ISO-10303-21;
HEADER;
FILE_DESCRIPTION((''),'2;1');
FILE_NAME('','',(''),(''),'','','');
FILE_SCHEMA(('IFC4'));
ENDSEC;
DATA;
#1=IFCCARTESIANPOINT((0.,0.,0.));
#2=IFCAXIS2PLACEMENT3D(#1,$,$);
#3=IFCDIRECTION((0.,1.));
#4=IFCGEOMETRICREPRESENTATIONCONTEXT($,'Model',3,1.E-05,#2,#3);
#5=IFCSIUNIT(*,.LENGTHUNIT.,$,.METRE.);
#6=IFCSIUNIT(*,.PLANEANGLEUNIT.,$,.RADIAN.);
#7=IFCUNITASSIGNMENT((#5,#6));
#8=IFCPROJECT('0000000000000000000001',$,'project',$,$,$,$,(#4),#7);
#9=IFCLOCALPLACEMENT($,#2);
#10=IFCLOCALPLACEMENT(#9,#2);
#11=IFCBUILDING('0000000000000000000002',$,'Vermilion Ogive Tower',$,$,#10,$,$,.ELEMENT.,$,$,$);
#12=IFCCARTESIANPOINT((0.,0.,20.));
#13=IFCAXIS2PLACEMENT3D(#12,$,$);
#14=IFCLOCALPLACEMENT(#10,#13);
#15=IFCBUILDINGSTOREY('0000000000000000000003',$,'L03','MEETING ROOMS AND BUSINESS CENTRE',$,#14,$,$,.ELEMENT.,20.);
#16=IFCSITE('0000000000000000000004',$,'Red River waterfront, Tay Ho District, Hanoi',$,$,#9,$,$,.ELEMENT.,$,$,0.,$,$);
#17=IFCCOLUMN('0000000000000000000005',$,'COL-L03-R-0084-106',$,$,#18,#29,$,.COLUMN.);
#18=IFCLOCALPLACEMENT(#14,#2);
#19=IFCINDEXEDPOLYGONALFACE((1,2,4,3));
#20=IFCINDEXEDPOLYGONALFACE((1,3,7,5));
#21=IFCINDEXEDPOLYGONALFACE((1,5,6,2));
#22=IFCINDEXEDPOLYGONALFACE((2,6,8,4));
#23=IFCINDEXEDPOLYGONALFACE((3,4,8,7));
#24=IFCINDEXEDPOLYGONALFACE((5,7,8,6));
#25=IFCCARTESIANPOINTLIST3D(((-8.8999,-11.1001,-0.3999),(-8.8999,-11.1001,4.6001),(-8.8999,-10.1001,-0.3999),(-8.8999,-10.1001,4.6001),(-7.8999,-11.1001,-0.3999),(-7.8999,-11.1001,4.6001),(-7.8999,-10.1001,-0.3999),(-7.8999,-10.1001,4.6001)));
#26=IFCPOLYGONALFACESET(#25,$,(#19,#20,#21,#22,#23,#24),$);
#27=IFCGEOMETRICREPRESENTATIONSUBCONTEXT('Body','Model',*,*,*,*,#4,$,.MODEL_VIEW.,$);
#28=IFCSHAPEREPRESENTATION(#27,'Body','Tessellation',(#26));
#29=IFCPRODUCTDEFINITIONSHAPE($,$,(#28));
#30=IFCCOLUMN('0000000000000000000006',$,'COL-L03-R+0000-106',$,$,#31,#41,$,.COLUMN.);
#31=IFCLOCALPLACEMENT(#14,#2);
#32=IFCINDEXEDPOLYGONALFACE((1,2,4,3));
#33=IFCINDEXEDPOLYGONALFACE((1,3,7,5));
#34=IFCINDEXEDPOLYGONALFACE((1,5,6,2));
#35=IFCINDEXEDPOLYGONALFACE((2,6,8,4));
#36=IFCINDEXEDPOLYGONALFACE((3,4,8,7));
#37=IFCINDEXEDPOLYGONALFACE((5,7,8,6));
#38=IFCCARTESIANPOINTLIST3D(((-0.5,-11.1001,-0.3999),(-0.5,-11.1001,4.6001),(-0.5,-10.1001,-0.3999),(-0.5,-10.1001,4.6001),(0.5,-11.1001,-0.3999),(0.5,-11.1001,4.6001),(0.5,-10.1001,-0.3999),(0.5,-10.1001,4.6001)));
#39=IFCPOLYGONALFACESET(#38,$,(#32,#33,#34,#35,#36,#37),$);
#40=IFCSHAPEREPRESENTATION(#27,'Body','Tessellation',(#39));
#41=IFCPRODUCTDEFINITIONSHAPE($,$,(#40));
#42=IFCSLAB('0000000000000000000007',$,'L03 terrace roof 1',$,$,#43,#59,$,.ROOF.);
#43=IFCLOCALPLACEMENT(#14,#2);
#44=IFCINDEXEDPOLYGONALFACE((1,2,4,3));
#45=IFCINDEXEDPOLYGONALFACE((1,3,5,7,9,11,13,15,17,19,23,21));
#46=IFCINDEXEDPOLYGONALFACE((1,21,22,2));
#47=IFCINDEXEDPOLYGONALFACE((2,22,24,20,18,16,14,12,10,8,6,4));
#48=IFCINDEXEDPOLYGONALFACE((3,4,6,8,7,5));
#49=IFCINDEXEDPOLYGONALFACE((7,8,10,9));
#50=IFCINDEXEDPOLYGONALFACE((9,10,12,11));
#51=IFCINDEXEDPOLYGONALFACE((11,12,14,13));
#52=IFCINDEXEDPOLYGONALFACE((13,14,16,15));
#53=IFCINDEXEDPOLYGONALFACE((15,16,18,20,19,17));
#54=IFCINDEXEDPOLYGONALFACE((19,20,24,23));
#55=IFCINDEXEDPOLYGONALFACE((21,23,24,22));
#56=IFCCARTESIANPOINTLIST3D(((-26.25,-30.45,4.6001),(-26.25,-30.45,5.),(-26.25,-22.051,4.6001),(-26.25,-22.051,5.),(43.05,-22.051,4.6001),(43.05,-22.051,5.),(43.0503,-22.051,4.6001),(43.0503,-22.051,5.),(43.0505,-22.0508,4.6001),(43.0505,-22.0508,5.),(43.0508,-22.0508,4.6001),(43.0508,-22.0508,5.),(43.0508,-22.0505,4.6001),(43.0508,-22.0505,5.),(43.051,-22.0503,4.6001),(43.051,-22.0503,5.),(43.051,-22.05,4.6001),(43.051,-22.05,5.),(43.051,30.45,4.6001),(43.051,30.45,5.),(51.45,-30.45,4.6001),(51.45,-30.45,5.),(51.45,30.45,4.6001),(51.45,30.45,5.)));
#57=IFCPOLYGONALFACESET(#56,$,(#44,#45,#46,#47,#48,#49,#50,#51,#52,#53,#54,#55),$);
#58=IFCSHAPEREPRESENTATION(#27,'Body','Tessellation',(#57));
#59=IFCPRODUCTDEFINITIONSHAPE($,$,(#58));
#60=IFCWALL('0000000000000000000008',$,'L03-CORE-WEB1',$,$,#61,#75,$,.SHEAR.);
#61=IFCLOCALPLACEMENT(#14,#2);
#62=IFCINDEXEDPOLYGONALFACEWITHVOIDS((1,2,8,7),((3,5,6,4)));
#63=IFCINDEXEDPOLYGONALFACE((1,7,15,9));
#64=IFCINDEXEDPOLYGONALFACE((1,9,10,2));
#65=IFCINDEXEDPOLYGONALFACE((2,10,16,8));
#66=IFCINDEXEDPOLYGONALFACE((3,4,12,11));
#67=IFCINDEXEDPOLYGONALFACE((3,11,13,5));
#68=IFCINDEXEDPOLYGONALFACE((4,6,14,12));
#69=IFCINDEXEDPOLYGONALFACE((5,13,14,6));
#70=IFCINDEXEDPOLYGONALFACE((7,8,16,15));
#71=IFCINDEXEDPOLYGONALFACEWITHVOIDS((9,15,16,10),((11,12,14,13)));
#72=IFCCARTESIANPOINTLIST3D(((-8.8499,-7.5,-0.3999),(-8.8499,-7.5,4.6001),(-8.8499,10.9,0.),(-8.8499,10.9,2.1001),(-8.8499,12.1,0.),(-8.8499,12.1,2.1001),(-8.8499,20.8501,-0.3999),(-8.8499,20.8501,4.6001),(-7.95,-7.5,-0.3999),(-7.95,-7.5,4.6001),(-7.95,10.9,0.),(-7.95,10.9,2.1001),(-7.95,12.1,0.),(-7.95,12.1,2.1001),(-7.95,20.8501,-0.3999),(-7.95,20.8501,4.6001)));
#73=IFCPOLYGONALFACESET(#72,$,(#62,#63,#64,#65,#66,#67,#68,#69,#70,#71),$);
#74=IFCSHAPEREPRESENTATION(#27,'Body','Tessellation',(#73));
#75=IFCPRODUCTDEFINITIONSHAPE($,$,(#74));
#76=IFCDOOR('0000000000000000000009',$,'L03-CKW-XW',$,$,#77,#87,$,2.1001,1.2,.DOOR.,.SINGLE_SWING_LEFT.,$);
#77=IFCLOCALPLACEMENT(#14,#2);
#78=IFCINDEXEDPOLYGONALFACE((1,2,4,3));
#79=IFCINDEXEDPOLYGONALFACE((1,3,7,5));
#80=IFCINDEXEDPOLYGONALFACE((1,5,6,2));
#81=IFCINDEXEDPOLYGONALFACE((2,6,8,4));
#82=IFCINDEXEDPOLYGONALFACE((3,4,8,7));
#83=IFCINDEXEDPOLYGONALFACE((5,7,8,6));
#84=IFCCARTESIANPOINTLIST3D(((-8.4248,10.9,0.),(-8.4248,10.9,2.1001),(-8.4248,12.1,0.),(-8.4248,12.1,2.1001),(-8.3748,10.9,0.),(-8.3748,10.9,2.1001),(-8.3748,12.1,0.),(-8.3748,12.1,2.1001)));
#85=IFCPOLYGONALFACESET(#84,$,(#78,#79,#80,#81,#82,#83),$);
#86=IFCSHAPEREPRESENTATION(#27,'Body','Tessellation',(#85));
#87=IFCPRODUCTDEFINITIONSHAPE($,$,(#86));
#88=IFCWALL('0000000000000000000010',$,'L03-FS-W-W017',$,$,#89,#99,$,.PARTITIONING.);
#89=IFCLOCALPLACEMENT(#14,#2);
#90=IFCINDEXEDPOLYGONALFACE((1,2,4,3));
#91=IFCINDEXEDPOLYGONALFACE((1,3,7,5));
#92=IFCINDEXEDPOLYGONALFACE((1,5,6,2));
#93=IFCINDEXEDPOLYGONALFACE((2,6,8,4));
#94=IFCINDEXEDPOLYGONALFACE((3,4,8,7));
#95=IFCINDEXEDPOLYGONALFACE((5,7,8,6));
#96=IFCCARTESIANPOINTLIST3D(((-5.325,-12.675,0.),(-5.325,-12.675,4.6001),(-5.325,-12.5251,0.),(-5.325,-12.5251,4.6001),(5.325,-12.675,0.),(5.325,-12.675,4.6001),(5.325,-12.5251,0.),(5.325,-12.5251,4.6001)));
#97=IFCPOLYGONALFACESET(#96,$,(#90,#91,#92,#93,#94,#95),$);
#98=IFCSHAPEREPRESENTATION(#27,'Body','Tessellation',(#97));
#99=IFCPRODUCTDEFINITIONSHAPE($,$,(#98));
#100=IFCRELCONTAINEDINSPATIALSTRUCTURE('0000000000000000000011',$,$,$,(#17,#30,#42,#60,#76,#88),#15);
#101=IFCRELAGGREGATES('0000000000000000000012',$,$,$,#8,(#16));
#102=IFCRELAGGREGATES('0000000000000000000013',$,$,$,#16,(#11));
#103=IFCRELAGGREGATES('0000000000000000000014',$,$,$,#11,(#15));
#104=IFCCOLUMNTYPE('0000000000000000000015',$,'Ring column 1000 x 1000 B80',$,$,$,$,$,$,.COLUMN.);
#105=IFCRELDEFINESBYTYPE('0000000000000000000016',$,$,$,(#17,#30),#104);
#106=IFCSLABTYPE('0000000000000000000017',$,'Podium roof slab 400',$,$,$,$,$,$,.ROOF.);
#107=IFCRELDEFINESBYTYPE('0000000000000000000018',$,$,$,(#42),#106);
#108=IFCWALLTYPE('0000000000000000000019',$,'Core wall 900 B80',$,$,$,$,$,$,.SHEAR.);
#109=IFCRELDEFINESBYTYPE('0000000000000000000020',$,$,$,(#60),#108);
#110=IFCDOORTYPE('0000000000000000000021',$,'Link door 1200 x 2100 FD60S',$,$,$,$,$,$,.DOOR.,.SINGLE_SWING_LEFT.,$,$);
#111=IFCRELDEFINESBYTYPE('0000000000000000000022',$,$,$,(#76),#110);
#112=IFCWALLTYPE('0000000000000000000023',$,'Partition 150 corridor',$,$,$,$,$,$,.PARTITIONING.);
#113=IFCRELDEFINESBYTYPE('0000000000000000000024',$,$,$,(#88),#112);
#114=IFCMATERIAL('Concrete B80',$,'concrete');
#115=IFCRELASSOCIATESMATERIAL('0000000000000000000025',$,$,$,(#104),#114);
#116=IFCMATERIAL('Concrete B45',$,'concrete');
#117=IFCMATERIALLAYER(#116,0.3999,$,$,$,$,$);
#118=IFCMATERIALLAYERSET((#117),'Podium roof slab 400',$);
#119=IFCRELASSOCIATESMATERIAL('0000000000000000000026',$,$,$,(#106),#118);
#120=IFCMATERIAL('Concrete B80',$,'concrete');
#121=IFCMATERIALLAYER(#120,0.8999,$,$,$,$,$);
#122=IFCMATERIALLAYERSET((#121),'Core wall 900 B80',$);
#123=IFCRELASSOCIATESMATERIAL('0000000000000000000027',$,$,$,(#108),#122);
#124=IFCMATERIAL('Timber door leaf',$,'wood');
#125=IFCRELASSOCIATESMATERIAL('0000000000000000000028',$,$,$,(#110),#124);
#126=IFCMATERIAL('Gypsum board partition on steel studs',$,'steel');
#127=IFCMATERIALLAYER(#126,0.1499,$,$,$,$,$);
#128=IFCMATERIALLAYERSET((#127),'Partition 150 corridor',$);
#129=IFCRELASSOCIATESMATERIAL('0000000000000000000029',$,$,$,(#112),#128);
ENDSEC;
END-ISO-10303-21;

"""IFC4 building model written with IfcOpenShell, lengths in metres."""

from ifc_helpers import new_model, si_unit, direction, frame, frame_2d, origin, origin_2d, place, context, subcontext, project, spatial, polyline, rectangle, outline, extrude, material, layer, layer_set, material_profile, profile_set, type_object, element, fill, save


model = new_model("IFC4")

# Units and contexts
model_context = context("Model", 3, precision=1e-05, world=origin(), true_north=direction((0.0, 1.0)))
body_context = subcontext(model_context, "Body", "Model", "MODEL_VIEW")
ifc_project = project(units=[si_unit("LENGTHUNIT", "METRE"), si_unit("PLANEANGLEUNIT", "RADIAN")], contexts=[model_context])

# Site, building, storey
site_placement = place(None, origin())
site = spatial("IfcSite", under=ifc_project, at=site_placement, Name="Red River waterfront, Tay Ho District, Hanoi", CompositionType="ELEMENT", RefElevation=0.0)
building_placement = place(site_placement, origin())
building = spatial("IfcBuilding", under=site, at=building_placement, Name="Vermilion Ogive Tower", CompositionType="ELEMENT")
storey_placement = place(building_placement, frame((0.0, 0.0, 20.0)))
storey = spatial("IfcBuildingStorey", under=building, at=storey_placement, Name="L03", Description="MEETING ROOMS AND BUSINESS CENTRE", CompositionType="ELEMENT", Elevation=20.0)

# Columns
ifc_material_1 = material(Name="Concrete B80", Category="concrete")
ifc_material_profile = material_profile(ifc_material_1, rectangle(XDim=1.0, YDim=1.0, at=origin_2d()), Name="1000 x 1000")
ifc_profile_set = profile_set([ifc_material_profile], Name="Concrete B80")
column_type = type_object("IfcColumnType", Name="Ring column 1000 x 1000 B80", PredefinedType="COLUMN", material=ifc_profile_set)
for number, where, z_axis, x_axis, name in (
    (1, (-8.3999, -10.6001, -0.3999), (0.0, 0.0, 1.0), (1.0, 0.0, 0.0), "COL-L03-R-0084-106"),
    (2, (0.0, -10.6001, -0.3999), (0.0, 0.0, 1.0), (1.0, 0.0, 0.0), "COL-L03-R+0000-106"),
):
    element("IfcColumn", number, at=place(storey_placement, frame(where, z_axis=z_axis, x_axis=x_axis)), inside=storey, type_object=column_type, Name=name, PredefinedType="COLUMN", context=body_context, shape_type="SweptSolid", body=[
        extrude(rectangle(XDim=1.0, YDim=1.0, at=origin_2d()), origin(), (0.0, 0.0, 1.0), 5.0),
    ])

# Slab
ifc_material_2 = material(Name="Concrete B45", Category="concrete")
ifc_layer_1 = layer(ifc_material_2, 0.3999)
ifc_layer_set_1 = layer_set([ifc_layer_1], Name="Podium roof slab 400")
slab_type_1 = type_object("IfcSlabType", Name="Podium roof slab 400", PredefinedType="ROOF", material=ifc_layer_set_1)
slab_1_placement = place(storey_placement, frame((0.0, 0.0, 4.6001)))
element("IfcSlab", 3, at=slab_1_placement, inside=storey, type_object=slab_type_1, Name="L03 terrace roof 1", PredefinedType="ROOF", context=body_context, shape_type="SweptSolid", body=[
    extrude(outline(polyline([(-26.25, -22.051), (-26.25, -30.45), (51.45, -30.45), (51.45, 30.45), (43.051, 30.45), (43.051, -22.05), (43.051, -22.0503), (43.0508, -22.0505), (43.0508, -22.0508), (43.0505, -22.0508), (43.0503, -22.051), (43.05, -22.051), (-26.25, -22.051)])), origin(), (0.0, 0.0, 1.0), 0.3999),
])

# Wall, opening, door
ifc_material_3 = material(Name="Concrete B80", Category="concrete")
ifc_layer_2 = layer(ifc_material_3, 0.8999)
ifc_layer_set_2 = layer_set([ifc_layer_2], Name="Core wall 900 B80")
wall_type_1 = type_object("IfcWallType", Name="Core wall 900 B80", PredefinedType="SHEAR", material=ifc_layer_set_2)
wall_1_placement = place(storey_placement, frame((-8.3999, -7.5, -0.3999), z_axis=(0.0, 0.0, 1.0), x_axis=(0.0, 1.0, 0.0)))
wall_1 = element("IfcWall", 4, at=wall_1_placement, inside=storey, type_object=wall_type_1, Name="L03-CORE-WEB1", PredefinedType="SHEAR", context=body_context, shape_type="SweptSolid", body=[
    extrude(rectangle(XDim=28.3501, YDim=0.8999, at=frame_2d((14.175, 0.0))), origin(), (0.0, 0.0, 1.0), 5.0),
])
opening_1_placement = place(wall_1_placement, frame((18.3999, 0.0, 0.3999)))
opening_1 = element("IfcOpeningElement", 5, at=opening_1_placement, cuts=wall_1, PredefinedType="OPENING", context=body_context, shape_type="SweptSolid", body=[
    extrude(rectangle(XDim=1.2, YDim=2.1001, at=frame_2d((0.6001, 1.05))), frame((0.0, 0.46, 0.0), z_axis=(0.0, -1.0, 0.0), x_axis=(1.0, 0.0, 0.0)), (0.0, 0.0, 1.0), 0.9199),
])
ifc_material_4 = material(Name="Timber door leaf", Category="wood")
door_type_1 = type_object("IfcDoorType", Name="Link door 1200 x 2100 FD60S", OperationType="SINGLE_SWING_LEFT", PredefinedType="DOOR", material=ifc_material_4)
door_1_placement = place(opening_1_placement, origin())
door_1 = element("IfcDoor", 6, at=door_1_placement, inside=storey, type_object=door_type_1, Name="L03-CKW-XW", OperationType="SINGLE_SWING_LEFT", OverallHeight=2.1001, OverallWidth=1.2, PredefinedType="DOOR", context=body_context, shape_type="SweptSolid", body=[
    extrude(rectangle(XDim=1.2, YDim=2.1001, at=frame_2d((0.6001, 1.05))), frame((0.0, 0.0249, 0.0), z_axis=(0.0, -1.0, 0.0), x_axis=(1.0, 0.0, 0.0)), (0.0, 0.0, 1.0), 0.05),
])
fill(opening_1, door_1)

# Wall
ifc_material_5 = material(Name="Gypsum board partition on steel studs", Category="steel")
ifc_layer_3 = layer(ifc_material_5, 0.1499)
ifc_layer_set_3 = layer_set([ifc_layer_3], Name="Partition 150 corridor")
wall_type_2 = type_object("IfcWallType", Name="Partition 150 corridor", PredefinedType="PARTITIONING", material=ifc_layer_set_3)
wall_2_placement = place(storey_placement, frame((-5.325, -12.6001, 0.0), z_axis=(0.0, 0.0, 1.0), x_axis=(1.0, 0.0, 0.0)))
element("IfcWall", 7, at=wall_2_placement, inside=storey, type_object=wall_type_2, Name="L03-FS-W-W017", PredefinedType="PARTITIONING", context=body_context, shape_type="SweptSolid", body=[
    extrude(rectangle(XDim=10.6499, YDim=0.1499, at=frame_2d((5.325, 0.0))), origin(), (0.0, 0.0, 1.0), 4.6001),
])

save(model, "model.ifc")
